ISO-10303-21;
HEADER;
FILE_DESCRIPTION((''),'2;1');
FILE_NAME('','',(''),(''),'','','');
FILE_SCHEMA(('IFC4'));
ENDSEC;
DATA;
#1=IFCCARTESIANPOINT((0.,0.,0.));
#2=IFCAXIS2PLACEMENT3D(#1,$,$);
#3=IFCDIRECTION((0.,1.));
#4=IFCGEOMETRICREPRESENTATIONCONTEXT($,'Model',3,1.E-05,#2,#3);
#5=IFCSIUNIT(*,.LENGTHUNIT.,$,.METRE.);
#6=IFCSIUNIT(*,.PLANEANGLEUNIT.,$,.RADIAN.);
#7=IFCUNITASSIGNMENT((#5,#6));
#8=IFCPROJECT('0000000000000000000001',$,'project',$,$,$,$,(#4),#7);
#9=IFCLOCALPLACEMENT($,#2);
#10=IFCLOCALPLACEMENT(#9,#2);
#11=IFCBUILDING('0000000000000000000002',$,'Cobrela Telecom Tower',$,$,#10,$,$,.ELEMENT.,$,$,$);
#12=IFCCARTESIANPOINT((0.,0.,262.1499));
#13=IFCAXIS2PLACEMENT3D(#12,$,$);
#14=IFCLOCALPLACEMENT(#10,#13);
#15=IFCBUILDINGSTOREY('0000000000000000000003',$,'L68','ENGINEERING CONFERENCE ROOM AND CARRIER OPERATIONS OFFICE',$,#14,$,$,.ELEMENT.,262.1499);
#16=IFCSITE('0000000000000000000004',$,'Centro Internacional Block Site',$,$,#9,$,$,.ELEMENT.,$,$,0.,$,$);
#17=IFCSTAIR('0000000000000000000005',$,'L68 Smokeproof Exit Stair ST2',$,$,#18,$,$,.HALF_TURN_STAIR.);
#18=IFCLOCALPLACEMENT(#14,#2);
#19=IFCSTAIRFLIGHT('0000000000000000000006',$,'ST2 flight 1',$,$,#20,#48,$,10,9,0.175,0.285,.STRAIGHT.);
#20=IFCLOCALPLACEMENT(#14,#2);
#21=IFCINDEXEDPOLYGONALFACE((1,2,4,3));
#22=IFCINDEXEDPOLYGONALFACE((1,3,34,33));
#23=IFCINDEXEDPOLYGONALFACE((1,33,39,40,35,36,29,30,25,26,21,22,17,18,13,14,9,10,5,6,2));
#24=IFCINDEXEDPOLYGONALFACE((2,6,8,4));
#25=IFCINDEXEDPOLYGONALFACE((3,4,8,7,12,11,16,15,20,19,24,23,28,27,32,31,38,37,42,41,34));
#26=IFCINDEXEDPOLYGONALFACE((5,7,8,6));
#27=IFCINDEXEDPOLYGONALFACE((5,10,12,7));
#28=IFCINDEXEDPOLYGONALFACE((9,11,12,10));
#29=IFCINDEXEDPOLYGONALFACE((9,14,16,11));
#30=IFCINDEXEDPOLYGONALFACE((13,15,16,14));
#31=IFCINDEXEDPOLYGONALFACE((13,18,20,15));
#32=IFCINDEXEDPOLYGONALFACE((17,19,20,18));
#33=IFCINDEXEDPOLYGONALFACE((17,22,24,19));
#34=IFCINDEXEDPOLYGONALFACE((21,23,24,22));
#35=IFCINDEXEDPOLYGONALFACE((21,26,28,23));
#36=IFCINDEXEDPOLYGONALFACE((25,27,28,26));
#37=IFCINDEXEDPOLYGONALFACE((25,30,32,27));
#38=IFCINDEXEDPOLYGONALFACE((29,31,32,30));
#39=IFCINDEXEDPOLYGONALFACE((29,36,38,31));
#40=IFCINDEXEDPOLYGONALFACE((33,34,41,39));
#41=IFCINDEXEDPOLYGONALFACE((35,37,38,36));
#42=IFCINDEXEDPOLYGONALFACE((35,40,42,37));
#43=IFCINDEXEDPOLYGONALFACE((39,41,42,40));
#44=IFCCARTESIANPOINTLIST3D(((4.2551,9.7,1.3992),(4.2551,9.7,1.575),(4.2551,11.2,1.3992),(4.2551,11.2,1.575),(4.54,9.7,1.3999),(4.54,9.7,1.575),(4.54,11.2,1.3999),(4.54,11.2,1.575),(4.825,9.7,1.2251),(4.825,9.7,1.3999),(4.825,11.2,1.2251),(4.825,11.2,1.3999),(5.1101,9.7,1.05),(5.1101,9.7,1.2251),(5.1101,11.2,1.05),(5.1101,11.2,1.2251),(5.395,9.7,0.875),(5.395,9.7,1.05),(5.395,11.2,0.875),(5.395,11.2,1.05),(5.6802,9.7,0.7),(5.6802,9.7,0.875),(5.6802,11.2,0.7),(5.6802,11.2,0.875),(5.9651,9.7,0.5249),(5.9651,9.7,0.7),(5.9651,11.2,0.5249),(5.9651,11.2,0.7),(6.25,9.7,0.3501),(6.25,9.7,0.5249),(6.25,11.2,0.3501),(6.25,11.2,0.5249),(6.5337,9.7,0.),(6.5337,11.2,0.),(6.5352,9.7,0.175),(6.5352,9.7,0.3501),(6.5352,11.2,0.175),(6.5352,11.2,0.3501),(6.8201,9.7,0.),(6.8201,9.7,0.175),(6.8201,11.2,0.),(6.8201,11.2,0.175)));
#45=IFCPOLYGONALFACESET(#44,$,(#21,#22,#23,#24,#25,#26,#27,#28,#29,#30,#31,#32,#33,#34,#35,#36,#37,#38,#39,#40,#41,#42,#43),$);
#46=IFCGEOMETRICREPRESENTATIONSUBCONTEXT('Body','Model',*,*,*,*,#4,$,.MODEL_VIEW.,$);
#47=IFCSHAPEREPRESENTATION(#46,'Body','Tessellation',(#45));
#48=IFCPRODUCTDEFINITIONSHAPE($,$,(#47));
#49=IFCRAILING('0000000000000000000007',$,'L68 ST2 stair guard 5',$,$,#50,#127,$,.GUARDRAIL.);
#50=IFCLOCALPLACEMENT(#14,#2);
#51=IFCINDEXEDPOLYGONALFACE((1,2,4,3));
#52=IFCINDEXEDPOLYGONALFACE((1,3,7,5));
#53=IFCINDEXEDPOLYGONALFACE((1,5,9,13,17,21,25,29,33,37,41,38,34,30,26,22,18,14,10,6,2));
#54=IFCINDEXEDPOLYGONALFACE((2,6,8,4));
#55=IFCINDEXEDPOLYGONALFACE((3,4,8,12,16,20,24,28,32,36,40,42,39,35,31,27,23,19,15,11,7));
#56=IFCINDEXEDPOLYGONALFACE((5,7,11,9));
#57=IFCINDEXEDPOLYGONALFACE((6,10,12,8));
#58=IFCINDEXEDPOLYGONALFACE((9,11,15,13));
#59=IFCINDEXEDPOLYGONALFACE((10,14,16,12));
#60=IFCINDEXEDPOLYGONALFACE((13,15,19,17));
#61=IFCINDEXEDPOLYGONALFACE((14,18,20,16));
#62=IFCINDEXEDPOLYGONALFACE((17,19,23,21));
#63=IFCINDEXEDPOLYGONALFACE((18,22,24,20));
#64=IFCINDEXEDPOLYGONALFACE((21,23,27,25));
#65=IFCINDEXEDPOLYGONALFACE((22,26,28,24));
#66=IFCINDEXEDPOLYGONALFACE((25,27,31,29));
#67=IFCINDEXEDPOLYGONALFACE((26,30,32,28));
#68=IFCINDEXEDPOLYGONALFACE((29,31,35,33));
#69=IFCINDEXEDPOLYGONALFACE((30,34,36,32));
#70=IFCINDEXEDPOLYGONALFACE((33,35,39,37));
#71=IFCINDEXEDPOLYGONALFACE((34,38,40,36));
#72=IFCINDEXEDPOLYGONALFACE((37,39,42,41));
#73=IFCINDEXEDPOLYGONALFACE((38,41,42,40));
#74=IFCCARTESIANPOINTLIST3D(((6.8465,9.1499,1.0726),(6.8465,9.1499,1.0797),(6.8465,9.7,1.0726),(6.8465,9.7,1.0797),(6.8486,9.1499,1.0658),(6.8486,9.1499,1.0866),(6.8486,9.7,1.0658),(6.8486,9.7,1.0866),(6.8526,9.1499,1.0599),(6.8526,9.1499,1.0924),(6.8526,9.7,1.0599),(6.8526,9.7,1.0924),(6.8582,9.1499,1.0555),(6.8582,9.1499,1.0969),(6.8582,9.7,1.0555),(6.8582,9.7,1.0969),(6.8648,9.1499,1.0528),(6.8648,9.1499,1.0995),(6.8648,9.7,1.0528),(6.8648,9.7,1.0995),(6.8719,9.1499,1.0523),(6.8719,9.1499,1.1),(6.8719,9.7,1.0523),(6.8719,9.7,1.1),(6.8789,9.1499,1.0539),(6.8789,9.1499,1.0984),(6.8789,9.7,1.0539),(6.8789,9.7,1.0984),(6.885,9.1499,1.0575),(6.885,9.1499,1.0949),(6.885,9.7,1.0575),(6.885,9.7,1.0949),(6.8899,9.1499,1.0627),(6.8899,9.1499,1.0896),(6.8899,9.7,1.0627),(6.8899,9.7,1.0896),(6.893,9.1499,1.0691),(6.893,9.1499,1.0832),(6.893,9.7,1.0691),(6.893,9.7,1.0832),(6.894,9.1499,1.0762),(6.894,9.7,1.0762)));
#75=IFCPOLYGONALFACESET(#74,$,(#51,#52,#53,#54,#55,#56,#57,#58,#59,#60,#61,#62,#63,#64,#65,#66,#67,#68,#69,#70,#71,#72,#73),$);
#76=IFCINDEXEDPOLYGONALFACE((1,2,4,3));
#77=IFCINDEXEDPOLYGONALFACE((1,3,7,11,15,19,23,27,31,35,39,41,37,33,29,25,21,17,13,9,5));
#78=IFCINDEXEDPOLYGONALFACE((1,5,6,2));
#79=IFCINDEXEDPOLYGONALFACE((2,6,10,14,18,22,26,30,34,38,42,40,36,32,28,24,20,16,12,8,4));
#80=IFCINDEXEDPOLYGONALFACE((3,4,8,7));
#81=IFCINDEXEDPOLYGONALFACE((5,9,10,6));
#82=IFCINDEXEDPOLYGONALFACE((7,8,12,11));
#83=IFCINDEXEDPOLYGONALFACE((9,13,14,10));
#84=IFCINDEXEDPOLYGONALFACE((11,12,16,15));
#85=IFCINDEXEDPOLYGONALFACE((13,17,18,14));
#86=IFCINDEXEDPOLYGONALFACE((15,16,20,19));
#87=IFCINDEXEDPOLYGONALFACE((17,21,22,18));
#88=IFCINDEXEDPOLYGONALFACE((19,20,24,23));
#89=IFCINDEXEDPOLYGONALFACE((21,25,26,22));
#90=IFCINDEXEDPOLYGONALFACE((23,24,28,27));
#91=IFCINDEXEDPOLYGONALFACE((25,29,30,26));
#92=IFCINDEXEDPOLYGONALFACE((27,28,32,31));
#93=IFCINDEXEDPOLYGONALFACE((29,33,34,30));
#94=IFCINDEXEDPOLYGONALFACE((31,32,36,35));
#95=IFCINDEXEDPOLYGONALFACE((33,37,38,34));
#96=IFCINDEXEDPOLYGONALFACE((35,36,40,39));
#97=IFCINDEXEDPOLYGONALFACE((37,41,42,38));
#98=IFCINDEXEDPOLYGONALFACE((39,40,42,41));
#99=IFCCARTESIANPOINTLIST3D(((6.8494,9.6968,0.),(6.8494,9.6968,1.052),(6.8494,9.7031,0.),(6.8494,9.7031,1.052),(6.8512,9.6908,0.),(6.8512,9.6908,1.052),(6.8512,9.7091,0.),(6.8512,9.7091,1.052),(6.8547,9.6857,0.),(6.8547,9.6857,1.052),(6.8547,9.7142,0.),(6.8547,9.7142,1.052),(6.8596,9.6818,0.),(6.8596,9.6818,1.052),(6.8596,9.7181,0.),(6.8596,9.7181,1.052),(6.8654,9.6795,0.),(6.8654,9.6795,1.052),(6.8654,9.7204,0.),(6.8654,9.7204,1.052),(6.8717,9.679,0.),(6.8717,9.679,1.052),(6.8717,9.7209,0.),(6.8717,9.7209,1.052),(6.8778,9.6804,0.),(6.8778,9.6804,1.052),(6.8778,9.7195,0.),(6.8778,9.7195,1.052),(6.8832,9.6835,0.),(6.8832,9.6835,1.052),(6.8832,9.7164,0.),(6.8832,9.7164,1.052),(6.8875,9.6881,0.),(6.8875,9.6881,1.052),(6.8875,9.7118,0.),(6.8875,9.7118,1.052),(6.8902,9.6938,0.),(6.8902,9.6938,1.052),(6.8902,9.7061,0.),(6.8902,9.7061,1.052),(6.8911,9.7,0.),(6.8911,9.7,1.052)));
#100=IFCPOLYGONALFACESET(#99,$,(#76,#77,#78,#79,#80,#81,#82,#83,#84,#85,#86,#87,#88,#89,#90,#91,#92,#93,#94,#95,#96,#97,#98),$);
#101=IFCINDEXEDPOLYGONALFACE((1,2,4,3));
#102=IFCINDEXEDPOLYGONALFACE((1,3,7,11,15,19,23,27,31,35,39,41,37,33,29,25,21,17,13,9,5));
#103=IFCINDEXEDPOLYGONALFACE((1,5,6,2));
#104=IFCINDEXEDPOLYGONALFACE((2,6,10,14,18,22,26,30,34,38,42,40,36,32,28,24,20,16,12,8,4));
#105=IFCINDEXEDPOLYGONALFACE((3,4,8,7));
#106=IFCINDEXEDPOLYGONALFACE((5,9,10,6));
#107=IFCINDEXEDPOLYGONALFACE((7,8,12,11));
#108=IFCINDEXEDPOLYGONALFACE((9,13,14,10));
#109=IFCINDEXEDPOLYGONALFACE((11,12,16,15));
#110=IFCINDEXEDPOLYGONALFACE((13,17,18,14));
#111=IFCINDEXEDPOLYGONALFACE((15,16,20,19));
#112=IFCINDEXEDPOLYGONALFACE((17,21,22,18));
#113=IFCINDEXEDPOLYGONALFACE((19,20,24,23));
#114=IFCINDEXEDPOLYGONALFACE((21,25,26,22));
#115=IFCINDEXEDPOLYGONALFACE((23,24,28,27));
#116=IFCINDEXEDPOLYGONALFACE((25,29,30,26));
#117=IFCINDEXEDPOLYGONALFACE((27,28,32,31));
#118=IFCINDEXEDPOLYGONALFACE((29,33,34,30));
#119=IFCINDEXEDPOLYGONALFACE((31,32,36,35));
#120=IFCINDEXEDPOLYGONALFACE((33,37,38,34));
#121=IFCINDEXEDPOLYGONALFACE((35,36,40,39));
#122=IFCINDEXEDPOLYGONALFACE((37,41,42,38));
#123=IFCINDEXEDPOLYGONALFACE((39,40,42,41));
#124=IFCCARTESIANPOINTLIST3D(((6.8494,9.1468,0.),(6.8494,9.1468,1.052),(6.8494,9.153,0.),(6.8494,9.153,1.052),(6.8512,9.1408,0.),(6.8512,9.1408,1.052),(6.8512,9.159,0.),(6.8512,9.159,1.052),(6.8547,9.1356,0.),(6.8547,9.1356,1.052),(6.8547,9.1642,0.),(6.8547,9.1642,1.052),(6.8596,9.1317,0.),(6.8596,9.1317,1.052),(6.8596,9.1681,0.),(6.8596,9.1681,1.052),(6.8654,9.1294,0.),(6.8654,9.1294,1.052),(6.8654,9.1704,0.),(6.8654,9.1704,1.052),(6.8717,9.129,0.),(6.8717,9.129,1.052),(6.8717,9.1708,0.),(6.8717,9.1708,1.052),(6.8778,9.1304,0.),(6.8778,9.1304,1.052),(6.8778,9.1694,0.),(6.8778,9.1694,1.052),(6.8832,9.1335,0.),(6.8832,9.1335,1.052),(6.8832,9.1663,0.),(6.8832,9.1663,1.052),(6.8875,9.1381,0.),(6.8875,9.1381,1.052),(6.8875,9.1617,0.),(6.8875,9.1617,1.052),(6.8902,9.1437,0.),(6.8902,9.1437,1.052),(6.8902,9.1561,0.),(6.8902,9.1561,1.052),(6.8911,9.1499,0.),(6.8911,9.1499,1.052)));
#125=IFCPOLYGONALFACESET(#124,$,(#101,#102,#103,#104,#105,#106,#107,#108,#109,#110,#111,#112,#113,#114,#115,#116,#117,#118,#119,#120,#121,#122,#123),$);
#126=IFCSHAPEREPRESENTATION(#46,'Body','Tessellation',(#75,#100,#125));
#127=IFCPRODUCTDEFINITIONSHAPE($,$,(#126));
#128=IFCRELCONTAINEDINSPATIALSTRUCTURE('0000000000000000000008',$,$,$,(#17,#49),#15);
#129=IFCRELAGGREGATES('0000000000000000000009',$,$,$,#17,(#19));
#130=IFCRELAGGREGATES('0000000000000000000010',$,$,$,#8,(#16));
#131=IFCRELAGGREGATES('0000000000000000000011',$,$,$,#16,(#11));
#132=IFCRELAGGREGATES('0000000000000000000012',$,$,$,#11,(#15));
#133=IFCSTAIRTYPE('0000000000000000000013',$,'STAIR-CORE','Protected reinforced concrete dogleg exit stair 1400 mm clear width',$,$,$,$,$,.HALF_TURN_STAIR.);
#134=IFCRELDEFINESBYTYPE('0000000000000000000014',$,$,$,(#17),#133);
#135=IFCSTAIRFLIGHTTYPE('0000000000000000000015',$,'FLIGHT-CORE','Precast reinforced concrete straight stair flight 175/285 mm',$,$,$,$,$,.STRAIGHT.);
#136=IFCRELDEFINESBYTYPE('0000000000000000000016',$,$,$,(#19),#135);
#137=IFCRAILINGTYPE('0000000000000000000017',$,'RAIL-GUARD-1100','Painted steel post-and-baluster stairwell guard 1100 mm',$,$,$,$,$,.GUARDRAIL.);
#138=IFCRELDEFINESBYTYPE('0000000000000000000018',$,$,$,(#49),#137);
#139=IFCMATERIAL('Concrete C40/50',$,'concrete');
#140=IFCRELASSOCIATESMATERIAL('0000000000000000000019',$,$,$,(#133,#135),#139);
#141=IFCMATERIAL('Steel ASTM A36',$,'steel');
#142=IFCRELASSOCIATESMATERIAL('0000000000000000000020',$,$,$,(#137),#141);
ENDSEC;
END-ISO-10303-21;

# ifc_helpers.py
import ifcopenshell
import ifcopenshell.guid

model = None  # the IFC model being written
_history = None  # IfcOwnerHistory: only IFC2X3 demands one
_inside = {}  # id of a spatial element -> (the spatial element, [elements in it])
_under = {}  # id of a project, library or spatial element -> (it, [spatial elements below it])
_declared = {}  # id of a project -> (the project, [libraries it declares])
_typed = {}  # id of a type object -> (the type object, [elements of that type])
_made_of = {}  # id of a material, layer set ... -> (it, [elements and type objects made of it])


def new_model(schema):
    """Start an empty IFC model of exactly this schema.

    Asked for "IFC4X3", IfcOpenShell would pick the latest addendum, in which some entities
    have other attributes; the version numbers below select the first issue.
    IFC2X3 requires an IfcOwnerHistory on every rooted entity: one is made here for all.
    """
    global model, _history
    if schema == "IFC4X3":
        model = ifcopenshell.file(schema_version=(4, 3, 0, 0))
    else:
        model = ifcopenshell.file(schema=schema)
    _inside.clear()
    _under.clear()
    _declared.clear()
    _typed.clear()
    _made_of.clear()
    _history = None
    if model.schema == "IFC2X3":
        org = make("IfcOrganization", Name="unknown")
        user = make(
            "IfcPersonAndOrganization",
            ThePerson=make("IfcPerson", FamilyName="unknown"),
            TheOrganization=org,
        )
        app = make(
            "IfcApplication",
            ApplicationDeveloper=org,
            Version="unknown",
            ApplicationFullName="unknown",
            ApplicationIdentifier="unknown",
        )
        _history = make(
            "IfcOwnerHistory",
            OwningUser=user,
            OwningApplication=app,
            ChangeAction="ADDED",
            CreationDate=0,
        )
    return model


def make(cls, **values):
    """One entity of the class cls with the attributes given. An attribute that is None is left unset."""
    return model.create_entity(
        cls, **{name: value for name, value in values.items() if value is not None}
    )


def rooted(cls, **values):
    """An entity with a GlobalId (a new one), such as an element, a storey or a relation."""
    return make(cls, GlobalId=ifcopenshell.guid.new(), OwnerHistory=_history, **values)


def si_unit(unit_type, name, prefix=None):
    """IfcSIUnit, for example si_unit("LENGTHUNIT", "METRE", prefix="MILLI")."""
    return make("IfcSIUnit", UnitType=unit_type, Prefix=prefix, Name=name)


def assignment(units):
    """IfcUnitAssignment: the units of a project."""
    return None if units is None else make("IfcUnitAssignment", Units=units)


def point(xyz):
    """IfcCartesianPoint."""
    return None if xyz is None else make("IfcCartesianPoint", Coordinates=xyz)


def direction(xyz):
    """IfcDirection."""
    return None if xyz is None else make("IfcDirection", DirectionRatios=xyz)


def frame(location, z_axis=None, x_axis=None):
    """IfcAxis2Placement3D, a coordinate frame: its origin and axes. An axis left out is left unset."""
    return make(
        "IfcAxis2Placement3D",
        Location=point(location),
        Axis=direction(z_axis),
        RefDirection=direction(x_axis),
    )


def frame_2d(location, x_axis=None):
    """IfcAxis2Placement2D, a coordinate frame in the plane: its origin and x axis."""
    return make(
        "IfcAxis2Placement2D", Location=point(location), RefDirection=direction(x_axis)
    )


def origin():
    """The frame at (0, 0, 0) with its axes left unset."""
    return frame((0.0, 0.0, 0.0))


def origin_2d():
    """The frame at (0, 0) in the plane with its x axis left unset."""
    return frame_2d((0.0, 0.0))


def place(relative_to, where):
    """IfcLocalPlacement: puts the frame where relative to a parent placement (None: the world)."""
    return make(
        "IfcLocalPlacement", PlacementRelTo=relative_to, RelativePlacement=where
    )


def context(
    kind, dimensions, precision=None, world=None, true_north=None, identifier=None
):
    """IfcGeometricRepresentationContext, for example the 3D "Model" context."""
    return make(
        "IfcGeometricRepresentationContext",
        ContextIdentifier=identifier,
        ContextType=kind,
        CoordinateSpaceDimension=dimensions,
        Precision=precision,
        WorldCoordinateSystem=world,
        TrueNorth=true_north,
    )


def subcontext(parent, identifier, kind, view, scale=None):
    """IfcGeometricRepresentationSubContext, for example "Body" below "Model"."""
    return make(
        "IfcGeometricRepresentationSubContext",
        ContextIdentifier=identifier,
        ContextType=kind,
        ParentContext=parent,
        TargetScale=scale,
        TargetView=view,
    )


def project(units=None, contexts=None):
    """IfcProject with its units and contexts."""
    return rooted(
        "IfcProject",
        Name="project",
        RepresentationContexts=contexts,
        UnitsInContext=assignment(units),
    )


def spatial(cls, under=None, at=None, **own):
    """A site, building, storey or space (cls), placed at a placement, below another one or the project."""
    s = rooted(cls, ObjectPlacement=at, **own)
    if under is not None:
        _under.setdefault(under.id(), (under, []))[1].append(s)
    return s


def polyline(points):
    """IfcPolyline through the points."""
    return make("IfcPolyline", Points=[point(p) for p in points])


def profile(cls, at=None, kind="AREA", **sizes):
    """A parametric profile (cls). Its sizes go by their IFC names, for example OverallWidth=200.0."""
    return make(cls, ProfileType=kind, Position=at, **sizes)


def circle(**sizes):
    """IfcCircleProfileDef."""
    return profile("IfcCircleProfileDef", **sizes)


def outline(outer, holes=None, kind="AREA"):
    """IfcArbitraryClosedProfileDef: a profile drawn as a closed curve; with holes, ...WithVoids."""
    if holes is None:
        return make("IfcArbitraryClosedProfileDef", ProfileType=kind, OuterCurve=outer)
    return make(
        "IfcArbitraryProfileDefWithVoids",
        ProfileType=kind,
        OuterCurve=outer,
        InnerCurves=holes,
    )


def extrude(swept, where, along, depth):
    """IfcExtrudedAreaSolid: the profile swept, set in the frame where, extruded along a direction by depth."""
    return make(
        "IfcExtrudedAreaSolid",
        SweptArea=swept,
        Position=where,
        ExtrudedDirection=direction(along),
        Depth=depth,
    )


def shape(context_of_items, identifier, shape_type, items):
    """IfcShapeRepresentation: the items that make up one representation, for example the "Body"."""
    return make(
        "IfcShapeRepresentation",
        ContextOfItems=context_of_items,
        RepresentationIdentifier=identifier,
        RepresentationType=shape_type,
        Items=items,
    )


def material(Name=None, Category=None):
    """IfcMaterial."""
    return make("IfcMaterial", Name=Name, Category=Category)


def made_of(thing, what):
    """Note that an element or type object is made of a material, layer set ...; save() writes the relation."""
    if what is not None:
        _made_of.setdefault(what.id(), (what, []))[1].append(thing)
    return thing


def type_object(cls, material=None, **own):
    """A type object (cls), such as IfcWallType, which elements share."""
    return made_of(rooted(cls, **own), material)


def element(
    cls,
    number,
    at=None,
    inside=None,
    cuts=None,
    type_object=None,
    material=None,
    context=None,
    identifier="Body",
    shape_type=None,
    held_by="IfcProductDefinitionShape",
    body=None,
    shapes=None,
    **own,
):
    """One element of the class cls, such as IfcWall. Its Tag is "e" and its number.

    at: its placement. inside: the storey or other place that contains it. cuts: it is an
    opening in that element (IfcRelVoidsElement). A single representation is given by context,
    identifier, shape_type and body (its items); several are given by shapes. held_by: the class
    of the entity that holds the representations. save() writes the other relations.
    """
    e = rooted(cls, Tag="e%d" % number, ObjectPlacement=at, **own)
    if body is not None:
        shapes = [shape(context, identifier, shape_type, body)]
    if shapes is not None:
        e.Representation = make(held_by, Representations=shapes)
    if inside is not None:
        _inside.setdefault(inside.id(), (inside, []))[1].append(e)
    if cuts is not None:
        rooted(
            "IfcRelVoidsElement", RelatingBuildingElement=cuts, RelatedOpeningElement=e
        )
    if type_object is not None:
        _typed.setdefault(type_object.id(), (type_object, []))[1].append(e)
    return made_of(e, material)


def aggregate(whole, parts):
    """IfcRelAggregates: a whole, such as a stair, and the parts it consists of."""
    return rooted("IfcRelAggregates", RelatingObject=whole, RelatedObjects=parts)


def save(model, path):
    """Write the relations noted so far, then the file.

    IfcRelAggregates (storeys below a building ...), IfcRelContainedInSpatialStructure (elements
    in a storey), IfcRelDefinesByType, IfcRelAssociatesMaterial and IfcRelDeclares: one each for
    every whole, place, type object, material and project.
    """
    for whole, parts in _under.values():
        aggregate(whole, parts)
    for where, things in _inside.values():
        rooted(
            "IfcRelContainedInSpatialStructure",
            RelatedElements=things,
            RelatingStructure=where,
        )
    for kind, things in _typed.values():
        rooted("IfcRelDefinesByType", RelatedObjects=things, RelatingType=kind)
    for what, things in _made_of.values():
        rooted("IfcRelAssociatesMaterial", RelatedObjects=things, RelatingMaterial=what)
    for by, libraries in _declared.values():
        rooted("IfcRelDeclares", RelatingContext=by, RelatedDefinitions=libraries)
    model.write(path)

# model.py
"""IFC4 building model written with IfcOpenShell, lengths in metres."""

from ifc_helpers import new_model, si_unit, direction, frame, origin, origin_2d, place, context, subcontext, project, spatial, polyline, circle, outline, extrude, material, type_object, element, aggregate, save


model = new_model("IFC4")

# Units and contexts
model_context = context("Model", 3, precision=1e-05, world=origin(), true_north=direction((0.0, 1.0)))
body_context = subcontext(model_context, "Body", "Model", "MODEL_VIEW")
ifc_project = project(units=[si_unit("LENGTHUNIT", "METRE"), si_unit("PLANEANGLEUNIT", "RADIAN")], contexts=[model_context])

# Site, building, storey
site_placement = place(None, origin())
site = spatial("IfcSite", under=ifc_project, at=site_placement, Name="Centro Internacional Block Site", CompositionType="ELEMENT", RefElevation=0.0)
building_placement = place(site_placement, origin())
building = spatial("IfcBuilding", under=site, at=building_placement, Name="Cobrela Telecom Tower", CompositionType="ELEMENT")
storey_placement = place(building_placement, frame((0.0, 0.0, 262.1499)))
storey = spatial("IfcBuildingStorey", under=building, at=storey_placement, Name="L68", Description="ENGINEERING CONFERENCE ROOM AND CARRIER OPERATIONS OFFICE", CompositionType="ELEMENT", Elevation=262.1499)

# Stair, stair flight
ifc_material_1 = material(Name="Concrete C40/50", Category="concrete")
stair_type = type_object("IfcStairType", Name="STAIR-CORE", Description="Protected reinforced concrete dogleg exit stair 1400 mm clear width", PredefinedType="HALF_TURN_STAIR", material=ifc_material_1)
stair_placement = place(storey_placement, origin())
stair = element("IfcStair", 1, at=stair_placement, inside=storey, type_object=stair_type, Name="L68 Smokeproof Exit Stair ST2", PredefinedType="HALF_TURN_STAIR")
stair_flight_type = type_object("IfcStairFlightType", Name="FLIGHT-CORE", Description="Precast reinforced concrete straight stair flight 175/285 mm", PredefinedType="STRAIGHT", material=ifc_material_1)
stair_flight_placement = place(storey_placement, frame((6.8201, 10.45, 0.0), z_axis=(0.0, 0.0, 1.0), x_axis=(-1.0, 0.0, 0.0)))
stair_flight = element("IfcStairFlight", 2, at=stair_flight_placement, type_object=stair_flight_type, Name="ST2 flight 1", NumberOfRisers=10, NumberOfTreads=9, PredefinedType="STRAIGHT", RiserHeight=0.175, TreadLength=0.285, context=body_context, shape_type="SweptSolid", body=[
    extrude(outline(polyline([(0.0, 0.0), (0.0, 0.175), (0.2849, 0.175), (0.2849, 0.3501), (0.5701, 0.3501), (0.5701, 0.5249), (0.855, 0.5249), (0.855, 0.7), (1.1399, 0.7), (1.1399, 0.875), (1.425, 0.875), (1.425, 1.05), (1.71, 1.05), (1.71, 1.2251), (1.9951, 1.2251), (1.9951, 1.3999), (2.28, 1.3999), (2.28, 1.575), (2.5649, 1.575), (2.5649, 1.75), (2.5649, 1.3992), (0.2864, 0.0), (0.0, 0.0)])), frame((0.0, 0.75, 0.0), z_axis=(0.0, -1.0, 0.0), x_axis=(1.0, 0.0, 0.0)), (0.0, 0.0, 1.0), 1.5),
])
aggregate(stair, [stair_flight])

# Railing
ifc_material_2 = material(Name="Steel ASTM A36", Category="steel")
railing_type_1 = type_object("IfcRailingType", Name="RAIL-GUARD-1100", Description="Painted steel post-and-baluster stairwell guard 1100 mm", PredefinedType="GUARDRAIL", material=ifc_material_2)
railing_1_placement = place(storey_placement, frame((6.8701, 9.7, 0.0)))
element("IfcRailing", 3, at=railing_1_placement, inside=storey, type_object=railing_type_1, Name="L68 ST2 stair guard 5", PredefinedType="GUARDRAIL", context=body_context, shape_type="SweptSolid", body=[
    extrude(circle(Radius=0.0239, at=origin_2d()), frame((0.0, 0.0, 1.0762), z_axis=(0.0, -1.0, 0.0), x_axis=(1.0, 0.0, 0.0)), (0.0, 0.0, 1.0), 0.55),
    extrude(circle(Radius=0.021, at=origin_2d()), origin(), (0.0, 0.0, 1.0), 1.052),
    extrude(circle(Radius=0.021, at=origin_2d()), frame((0.0, -0.55, 0.0)), (0.0, 0.0, 1.0), 1.052),
])

save(model, "model.ifc")
